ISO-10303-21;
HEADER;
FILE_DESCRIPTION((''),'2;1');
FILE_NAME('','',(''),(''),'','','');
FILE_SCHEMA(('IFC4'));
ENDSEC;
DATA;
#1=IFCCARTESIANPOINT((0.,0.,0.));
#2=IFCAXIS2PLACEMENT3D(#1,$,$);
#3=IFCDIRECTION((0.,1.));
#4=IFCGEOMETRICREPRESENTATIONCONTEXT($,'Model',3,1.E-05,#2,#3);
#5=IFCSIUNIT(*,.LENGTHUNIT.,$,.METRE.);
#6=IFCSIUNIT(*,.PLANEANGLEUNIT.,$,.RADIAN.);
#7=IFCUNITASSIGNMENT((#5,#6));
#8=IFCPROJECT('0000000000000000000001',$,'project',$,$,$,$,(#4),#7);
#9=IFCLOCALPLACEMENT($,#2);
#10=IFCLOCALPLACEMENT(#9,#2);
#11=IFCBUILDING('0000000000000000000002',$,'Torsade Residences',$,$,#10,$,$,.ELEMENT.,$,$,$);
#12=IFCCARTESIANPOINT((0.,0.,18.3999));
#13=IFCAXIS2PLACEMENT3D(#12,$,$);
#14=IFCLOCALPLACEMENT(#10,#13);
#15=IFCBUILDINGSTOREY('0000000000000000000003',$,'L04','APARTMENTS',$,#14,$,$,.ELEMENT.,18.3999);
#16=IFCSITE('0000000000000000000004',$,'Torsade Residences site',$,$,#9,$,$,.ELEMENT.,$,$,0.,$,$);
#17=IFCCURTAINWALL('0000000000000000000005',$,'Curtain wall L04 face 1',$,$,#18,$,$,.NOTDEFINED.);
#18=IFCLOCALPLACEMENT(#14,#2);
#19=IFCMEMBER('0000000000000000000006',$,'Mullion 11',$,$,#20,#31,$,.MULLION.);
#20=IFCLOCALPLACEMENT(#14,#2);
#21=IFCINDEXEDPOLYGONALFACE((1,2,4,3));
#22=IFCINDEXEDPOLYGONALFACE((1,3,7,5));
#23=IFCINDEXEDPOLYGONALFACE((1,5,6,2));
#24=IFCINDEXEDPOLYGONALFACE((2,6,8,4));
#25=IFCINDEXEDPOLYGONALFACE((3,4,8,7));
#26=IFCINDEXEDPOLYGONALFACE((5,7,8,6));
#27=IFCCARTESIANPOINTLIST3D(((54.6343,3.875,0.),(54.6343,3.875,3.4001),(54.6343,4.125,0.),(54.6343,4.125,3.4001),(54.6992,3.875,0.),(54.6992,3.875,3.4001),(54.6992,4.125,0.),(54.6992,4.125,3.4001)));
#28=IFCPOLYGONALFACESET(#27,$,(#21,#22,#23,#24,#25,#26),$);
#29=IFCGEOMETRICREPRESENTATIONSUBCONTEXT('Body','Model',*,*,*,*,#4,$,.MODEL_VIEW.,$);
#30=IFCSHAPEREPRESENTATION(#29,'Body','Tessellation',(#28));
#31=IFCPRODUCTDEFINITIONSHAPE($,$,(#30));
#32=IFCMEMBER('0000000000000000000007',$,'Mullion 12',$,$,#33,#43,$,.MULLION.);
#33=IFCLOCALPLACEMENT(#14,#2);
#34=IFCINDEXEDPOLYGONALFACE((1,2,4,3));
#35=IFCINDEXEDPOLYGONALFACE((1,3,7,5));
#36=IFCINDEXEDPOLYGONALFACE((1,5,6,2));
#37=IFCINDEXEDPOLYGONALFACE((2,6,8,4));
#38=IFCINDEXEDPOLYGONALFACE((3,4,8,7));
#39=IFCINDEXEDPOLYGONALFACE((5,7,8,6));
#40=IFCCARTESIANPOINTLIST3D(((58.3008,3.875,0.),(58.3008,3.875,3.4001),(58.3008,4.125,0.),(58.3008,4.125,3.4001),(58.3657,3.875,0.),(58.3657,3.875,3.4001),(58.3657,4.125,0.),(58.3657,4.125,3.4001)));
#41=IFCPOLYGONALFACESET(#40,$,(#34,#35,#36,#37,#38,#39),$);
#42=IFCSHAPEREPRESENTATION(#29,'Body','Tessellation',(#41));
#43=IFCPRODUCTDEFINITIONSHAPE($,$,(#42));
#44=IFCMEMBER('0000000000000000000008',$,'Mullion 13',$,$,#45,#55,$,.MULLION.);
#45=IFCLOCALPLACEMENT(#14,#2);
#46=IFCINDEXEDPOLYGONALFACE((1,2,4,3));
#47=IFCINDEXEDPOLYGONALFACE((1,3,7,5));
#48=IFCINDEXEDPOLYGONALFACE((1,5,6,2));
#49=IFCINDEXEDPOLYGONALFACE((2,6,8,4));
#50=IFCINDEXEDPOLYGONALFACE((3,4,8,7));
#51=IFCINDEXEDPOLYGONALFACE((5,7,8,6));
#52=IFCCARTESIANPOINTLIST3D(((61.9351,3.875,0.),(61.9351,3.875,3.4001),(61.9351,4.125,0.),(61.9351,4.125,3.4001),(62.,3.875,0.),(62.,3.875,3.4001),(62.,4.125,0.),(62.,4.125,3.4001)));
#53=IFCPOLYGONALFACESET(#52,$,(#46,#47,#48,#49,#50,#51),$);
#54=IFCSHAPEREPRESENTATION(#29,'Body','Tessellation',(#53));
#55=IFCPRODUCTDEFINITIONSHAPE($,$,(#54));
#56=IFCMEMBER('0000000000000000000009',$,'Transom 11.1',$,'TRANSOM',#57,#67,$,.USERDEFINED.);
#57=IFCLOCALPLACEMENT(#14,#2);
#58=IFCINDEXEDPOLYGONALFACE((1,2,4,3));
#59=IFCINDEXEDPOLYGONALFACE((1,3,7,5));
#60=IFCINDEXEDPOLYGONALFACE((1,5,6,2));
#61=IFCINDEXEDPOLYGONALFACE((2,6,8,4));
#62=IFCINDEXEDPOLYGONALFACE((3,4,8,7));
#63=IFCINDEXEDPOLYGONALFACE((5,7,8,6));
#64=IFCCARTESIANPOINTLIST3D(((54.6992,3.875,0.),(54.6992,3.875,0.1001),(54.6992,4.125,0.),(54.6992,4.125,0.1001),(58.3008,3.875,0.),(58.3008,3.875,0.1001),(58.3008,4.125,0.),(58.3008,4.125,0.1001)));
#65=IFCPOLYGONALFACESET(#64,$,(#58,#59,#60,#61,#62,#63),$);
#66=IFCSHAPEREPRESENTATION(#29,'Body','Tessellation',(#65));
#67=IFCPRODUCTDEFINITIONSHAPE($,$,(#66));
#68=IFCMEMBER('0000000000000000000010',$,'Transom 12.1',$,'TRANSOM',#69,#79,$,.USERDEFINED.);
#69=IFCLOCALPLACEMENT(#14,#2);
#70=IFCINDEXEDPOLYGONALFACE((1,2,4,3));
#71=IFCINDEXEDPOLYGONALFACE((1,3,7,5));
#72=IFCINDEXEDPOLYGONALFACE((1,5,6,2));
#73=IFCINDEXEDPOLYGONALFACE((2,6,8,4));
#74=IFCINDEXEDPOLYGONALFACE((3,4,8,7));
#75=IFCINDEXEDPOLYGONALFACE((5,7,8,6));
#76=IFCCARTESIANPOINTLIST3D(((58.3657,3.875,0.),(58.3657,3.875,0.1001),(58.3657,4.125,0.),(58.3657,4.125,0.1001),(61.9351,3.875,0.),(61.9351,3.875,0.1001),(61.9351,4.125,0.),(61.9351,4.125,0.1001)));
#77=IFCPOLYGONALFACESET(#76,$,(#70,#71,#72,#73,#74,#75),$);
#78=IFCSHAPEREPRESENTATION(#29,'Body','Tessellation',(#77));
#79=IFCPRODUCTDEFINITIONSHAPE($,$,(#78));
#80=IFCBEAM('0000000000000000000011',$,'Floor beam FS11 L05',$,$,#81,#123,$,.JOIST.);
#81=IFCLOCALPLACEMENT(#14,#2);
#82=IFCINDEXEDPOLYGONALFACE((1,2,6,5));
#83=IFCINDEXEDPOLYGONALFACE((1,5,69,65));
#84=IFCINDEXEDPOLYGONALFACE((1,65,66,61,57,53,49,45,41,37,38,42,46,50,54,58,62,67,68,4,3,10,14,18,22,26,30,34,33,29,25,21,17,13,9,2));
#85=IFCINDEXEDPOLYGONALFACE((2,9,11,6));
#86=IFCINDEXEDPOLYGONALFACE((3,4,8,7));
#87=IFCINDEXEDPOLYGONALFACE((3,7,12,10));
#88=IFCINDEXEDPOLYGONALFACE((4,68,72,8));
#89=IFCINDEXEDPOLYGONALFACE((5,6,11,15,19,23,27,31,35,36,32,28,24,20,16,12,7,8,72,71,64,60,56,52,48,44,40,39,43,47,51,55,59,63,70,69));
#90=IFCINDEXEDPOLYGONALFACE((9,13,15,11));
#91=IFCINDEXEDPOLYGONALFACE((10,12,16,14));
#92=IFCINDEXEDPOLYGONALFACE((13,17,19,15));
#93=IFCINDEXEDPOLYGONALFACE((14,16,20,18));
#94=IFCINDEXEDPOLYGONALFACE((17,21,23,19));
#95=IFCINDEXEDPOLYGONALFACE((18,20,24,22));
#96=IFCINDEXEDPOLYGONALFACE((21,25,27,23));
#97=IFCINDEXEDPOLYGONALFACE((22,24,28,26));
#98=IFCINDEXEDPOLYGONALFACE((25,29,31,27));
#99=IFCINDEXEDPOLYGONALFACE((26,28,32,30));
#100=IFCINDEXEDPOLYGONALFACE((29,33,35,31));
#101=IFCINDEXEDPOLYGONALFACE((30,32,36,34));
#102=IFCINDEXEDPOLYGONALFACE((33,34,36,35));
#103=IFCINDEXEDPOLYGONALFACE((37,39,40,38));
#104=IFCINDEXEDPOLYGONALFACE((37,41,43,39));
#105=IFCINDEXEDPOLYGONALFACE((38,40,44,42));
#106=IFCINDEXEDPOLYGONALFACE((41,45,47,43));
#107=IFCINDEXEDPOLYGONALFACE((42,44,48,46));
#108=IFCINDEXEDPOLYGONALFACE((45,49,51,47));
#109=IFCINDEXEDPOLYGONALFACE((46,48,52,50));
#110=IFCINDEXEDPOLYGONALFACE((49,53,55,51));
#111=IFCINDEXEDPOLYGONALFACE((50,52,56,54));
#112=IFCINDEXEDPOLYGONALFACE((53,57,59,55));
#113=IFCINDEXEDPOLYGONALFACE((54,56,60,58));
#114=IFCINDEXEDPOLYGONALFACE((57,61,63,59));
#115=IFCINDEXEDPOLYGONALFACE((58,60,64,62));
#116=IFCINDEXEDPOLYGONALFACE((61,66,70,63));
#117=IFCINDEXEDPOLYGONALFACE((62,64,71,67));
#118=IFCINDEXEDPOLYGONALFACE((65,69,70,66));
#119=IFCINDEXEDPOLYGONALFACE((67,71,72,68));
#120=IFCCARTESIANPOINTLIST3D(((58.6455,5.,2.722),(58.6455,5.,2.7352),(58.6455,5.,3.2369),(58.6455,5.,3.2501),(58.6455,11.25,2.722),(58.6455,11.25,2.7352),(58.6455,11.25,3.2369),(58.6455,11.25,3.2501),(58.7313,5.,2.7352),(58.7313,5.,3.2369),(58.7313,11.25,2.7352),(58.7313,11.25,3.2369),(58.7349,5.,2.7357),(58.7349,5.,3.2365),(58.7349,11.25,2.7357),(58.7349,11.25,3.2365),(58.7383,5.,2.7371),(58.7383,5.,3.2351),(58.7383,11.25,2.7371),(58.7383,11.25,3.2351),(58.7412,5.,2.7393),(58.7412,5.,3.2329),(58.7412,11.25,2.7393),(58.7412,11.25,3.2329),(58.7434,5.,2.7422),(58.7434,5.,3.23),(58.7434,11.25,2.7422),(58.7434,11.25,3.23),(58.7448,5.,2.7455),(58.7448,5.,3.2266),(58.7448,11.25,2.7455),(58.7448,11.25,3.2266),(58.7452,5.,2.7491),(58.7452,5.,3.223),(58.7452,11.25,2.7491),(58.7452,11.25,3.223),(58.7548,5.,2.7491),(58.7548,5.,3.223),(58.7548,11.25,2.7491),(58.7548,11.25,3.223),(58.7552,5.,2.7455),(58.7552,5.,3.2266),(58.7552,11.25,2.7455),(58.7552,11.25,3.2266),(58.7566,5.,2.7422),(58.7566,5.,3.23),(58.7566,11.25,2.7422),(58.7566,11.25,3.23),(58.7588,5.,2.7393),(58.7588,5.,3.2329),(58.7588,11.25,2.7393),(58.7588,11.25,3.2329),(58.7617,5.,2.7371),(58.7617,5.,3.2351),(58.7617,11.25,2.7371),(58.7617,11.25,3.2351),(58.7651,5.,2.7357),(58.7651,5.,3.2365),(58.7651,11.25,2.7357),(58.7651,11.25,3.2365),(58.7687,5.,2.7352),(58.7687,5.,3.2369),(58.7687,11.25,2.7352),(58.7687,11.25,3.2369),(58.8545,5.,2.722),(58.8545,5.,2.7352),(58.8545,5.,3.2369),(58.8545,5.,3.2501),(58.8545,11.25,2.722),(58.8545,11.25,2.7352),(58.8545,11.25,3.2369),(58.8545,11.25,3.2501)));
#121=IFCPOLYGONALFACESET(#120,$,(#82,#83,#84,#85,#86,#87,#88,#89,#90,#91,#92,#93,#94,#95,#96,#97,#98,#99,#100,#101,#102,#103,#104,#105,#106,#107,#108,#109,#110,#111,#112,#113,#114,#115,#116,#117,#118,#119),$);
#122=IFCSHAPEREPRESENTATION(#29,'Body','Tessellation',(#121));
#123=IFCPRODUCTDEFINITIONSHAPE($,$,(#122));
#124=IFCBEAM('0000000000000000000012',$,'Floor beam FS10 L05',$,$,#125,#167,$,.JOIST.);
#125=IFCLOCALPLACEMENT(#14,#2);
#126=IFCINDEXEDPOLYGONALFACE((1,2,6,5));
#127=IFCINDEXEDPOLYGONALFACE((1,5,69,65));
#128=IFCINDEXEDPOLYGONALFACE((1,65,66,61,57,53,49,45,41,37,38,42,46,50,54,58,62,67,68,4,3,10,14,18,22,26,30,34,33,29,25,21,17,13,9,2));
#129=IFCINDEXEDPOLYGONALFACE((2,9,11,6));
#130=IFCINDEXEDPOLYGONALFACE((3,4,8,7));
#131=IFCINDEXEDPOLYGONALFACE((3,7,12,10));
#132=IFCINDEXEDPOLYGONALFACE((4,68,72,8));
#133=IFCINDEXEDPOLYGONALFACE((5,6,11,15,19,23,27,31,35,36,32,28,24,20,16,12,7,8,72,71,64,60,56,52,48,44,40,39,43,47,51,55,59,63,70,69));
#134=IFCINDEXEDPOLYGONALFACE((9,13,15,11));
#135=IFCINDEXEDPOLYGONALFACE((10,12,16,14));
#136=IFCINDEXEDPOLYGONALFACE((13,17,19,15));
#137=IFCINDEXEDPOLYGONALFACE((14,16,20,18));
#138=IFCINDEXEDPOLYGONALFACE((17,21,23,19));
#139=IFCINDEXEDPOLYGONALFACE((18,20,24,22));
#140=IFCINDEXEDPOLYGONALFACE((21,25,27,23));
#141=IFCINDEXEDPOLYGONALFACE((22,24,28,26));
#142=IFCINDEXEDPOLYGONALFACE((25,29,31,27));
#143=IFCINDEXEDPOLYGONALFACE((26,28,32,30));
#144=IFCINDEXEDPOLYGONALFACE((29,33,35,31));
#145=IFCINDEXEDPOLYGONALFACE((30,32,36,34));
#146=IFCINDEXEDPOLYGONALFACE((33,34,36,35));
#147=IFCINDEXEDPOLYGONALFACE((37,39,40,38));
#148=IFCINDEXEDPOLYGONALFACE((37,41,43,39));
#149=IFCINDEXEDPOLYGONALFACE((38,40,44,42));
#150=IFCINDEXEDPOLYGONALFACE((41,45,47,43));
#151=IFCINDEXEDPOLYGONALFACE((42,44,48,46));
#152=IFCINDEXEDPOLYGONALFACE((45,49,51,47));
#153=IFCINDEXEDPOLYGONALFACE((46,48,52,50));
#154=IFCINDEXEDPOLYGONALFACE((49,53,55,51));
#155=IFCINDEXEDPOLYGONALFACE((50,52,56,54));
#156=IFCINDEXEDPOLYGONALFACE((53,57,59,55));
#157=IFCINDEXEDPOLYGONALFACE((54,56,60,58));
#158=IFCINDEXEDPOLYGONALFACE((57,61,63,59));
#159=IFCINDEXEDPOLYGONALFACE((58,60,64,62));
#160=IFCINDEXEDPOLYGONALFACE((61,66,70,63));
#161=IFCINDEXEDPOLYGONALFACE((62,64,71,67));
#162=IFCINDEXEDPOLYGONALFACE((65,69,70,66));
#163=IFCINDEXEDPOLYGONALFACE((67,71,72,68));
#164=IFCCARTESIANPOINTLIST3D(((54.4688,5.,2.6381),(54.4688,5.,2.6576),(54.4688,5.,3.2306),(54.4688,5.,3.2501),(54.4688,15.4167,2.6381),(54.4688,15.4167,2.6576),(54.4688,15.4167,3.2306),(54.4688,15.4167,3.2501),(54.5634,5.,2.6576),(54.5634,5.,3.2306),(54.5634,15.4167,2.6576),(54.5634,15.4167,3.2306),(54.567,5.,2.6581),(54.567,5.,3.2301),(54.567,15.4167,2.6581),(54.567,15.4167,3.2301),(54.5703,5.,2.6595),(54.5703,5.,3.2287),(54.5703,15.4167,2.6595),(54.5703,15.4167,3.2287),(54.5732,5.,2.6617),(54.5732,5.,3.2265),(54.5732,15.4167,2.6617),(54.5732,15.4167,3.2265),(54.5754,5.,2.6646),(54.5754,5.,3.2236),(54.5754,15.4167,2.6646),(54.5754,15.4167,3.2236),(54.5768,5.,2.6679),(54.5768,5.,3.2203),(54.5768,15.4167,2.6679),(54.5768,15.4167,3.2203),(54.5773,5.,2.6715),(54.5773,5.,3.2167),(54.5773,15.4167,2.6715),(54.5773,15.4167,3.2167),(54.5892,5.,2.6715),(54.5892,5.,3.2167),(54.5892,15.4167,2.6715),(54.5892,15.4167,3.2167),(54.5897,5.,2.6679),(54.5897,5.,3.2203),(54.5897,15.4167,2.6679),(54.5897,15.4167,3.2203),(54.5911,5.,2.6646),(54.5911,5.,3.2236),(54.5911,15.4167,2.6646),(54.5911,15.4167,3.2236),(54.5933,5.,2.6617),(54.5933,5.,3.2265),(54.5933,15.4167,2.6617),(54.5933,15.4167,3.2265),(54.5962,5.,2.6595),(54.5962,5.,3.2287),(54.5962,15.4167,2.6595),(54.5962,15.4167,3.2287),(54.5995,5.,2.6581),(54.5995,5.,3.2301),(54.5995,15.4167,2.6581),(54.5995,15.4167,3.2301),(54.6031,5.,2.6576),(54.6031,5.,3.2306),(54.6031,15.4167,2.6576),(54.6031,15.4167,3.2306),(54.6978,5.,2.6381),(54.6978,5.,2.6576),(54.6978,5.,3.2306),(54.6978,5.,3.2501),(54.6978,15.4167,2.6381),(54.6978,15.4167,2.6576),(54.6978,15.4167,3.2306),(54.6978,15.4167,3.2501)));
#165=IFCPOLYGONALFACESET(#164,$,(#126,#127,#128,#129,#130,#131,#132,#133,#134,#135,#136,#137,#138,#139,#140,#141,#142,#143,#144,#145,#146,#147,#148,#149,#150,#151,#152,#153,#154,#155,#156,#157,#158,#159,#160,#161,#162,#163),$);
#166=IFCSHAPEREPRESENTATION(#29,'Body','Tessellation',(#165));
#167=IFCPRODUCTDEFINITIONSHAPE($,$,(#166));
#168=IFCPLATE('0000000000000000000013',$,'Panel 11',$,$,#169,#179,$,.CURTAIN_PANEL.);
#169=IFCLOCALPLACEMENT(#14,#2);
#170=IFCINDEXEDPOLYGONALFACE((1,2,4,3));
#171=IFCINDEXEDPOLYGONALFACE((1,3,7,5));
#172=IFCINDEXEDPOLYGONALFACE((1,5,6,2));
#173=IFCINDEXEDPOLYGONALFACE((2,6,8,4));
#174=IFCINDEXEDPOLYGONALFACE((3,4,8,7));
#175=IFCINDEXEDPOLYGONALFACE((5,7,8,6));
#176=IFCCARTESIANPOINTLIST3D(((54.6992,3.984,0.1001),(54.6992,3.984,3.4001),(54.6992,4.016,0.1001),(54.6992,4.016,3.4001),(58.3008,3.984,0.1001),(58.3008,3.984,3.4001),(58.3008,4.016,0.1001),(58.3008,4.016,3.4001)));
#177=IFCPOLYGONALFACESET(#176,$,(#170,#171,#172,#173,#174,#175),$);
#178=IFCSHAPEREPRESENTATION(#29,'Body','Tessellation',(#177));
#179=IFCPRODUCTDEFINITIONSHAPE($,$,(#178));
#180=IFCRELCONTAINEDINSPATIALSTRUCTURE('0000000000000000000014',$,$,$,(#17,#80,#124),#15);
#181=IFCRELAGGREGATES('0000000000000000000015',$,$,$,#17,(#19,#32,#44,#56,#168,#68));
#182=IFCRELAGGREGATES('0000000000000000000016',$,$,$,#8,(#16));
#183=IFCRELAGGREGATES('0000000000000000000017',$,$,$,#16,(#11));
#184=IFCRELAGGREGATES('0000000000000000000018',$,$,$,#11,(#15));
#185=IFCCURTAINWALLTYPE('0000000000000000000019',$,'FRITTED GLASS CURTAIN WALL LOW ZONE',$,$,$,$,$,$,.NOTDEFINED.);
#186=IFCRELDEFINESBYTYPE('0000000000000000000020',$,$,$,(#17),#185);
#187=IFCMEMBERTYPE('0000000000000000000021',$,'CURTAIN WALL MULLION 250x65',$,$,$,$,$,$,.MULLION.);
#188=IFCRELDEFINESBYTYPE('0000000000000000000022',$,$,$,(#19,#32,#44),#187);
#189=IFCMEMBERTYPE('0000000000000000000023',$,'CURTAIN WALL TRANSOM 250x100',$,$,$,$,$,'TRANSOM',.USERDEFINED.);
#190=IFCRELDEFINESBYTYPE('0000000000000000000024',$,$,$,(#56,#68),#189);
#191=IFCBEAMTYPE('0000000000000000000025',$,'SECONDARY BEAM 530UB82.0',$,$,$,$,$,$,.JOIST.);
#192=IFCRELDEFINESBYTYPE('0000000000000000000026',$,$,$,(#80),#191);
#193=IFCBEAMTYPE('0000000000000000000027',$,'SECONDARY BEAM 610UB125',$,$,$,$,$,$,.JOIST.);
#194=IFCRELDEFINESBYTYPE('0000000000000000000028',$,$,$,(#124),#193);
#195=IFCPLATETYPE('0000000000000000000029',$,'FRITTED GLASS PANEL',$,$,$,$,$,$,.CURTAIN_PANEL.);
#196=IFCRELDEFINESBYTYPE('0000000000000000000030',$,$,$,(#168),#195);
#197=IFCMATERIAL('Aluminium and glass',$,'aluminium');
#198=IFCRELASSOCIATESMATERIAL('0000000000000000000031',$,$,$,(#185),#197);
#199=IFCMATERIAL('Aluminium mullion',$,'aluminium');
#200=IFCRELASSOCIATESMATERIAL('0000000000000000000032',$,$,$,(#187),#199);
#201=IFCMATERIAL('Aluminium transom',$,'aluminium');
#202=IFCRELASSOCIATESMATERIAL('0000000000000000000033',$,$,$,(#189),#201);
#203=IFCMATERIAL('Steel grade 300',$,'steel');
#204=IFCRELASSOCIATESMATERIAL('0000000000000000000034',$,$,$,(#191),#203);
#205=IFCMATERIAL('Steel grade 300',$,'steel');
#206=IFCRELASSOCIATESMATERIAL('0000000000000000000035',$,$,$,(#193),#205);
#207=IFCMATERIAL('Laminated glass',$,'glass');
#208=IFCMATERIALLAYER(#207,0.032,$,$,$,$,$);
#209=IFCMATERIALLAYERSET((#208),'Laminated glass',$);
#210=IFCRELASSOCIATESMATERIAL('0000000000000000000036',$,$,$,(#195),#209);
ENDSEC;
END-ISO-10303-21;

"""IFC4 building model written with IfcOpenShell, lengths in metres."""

from ifc_helpers import new_model, si_unit, direction, frame, origin, origin_2d, place, context, subcontext, project, spatial, rectangle, i_section, extrude, material, layer, layer_set, material_profile, profile_set, type_object, element, aggregate, save


model = new_model("IFC4")

# Units and contexts
model_context = context("Model", 3, precision=1e-05, world=origin(), true_north=direction((0.0, 1.0)))
body_context = subcontext(model_context, "Body", "Model", "MODEL_VIEW")
ifc_project = project(units=[si_unit("LENGTHUNIT", "METRE"), si_unit("PLANEANGLEUNIT", "RADIAN")], contexts=[model_context])

# Site, building, storey
site_placement = place(None, origin())
site = spatial("IfcSite", under=ifc_project, at=site_placement, Name="Torsade Residences site", CompositionType="ELEMENT", RefElevation=0.0)
building_placement = place(site_placement, origin())
building = spatial("IfcBuilding", under=site, at=building_placement, Name="Torsade Residences", CompositionType="ELEMENT")
storey_placement = place(building_placement, frame((0.0, 0.0, 18.3999)))
storey = spatial("IfcBuildingStorey", under=building, at=storey_placement, Name="L04", Description="APARTMENTS", CompositionType="ELEMENT", Elevation=18.3999)

# Curtain wall, members
ifc_material_1 = material(Name="Aluminium and glass", Category="aluminium")
curtain_wall_type = type_object("IfcCurtainWallType", Name="FRITTED GLASS CURTAIN WALL LOW ZONE", PredefinedType="NOTDEFINED", material=ifc_material_1)
curtain_wall_placement = place(storey_placement, origin())
curtain_wall = element("IfcCurtainWall", 1, at=curtain_wall_placement, inside=storey, type_object=curtain_wall_type, Name="Curtain wall L04 face 1", PredefinedType="NOTDEFINED")
ifc_material_2 = material(Name="Aluminium mullion", Category="aluminium")
ifc_material_profile_1 = material_profile(ifc_material_2, rectangle(XDim=0.25, YDim=0.0649, at=origin_2d()), Name="CURTAIN WALL MULLION 250x65")
ifc_profile_set_1 = profile_set([ifc_material_profile_1], Name="Aluminium mullion")
member_type_1 = type_object("IfcMemberType", Name="CURTAIN WALL MULLION 250x65", PredefinedType="MULLION", material=ifc_profile_set_1)
member_1_placement = place(storey_placement, frame((54.6667, 4.0, 0.0), z_axis=(0.0, 0.0, 1.0), x_axis=(0.0, 1.0, 0.0)))
member_1 = element("IfcMember", 2, at=member_1_placement, type_object=member_type_1, Name="Mullion 11", PredefinedType="MULLION", context=body_context, shape_type="SweptSolid", body=[
    extrude(rectangle(XDim=0.25, YDim=0.0649, at=origin_2d()), origin(), (0.0, 0.0, 1.0), 3.4001),
])
member_2_placement = place(storey_placement, frame((58.3333, 4.0, 0.0), z_axis=(0.0, 0.0, 1.0), x_axis=(0.0, 1.0, 0.0)))
member_2 = element("IfcMember", 3, at=member_2_placement, type_object=member_type_1, Name="Mullion 12", PredefinedType="MULLION", context=body_context, shape_type="SweptSolid", body=[
    extrude(rectangle(XDim=0.25, YDim=0.0649, at=origin_2d()), origin(), (0.0, 0.0, 1.0), 3.4001),
])
member_3_placement = place(storey_placement, frame((61.9675, 4.0, 0.0), z_axis=(0.0, 0.0, 1.0), x_axis=(0.0, 1.0, 0.0)))
member_3 = element("IfcMember", 4, at=member_3_placement, type_object=member_type_1, Name="Mullion 13", PredefinedType="MULLION", context=body_context, shape_type="SweptSolid", body=[
    extrude(rectangle(XDim=0.25, YDim=0.0649, at=origin_2d()), origin(), (0.0, 0.0, 1.0), 3.4001),
])
ifc_material_3 = material(Name="Aluminium transom", Category="aluminium")
ifc_material_profile_2 = material_profile(ifc_material_3, rectangle(XDim=0.25, YDim=0.1001, at=origin_2d()), Name="CURTAIN WALL TRANSOM 250x100")
ifc_profile_set_2 = profile_set([ifc_material_profile_2], Name="Aluminium transom")
member_type_2 = type_object("IfcMemberType", Name="CURTAIN WALL TRANSOM 250x100", ElementType="TRANSOM", PredefinedType="USERDEFINED", material=ifc_profile_set_2)
member_4_placement = place(storey_placement, frame((54.6992, 4.0, 0.05), z_axis=(1.0, 0.0, 0.0), x_axis=(0.0, 1.0, 0.0)))
member_4 = element("IfcMember", 5, at=member_4_placement, type_object=member_type_2, Name="Transom 11.1", ObjectType="TRANSOM", PredefinedType="USERDEFINED", context=body_context, shape_type="SweptSolid", body=[
    extrude(rectangle(XDim=0.25, YDim=0.1001, at=origin_2d()), origin(), (0.0, 0.0, 1.0), 3.6016),
])
member_5_placement = place(storey_placement, frame((58.3657, 4.0, 0.05), z_axis=(1.0, 0.0, 0.0), x_axis=(0.0, 1.0, 0.0)))
member_5 = element("IfcMember", 6, at=member_5_placement, type_object=member_type_2, Name="Transom 12.1", ObjectType="TRANSOM", PredefinedType="USERDEFINED", context=body_context, shape_type="SweptSolid", body=[
    extrude(rectangle(XDim=0.25, YDim=0.1001, at=origin_2d()), origin(), (0.0, 0.0, 1.0), 3.5693),
])

# Beams
ifc_material_4 = material(Name="Steel grade 300", Category="steel")
ifc_material_profile_3 = material_profile(ifc_material_4, i_section(OverallWidth=0.209, OverallDepth=0.5281, WebThickness=0.0095, FlangeThickness=0.0132, FilletRadius=0.0139, at=origin_2d()), Name="530UB82.0")
ifc_profile_set_3 = profile_set([ifc_material_profile_3], Name="Steel grade 300")
beam_type_1 = type_object("IfcBeamType", Name="SECONDARY BEAM 530UB82.0", PredefinedType="JOIST", material=ifc_profile_set_3)
beam_1_placement = place(storey_placement, frame((58.75, 5.0, 2.9861), z_axis=(0.0, 1.0, 0.0), x_axis=(-1.0, 0.0, 0.0)))
element("IfcBeam", 7, at=beam_1_placement, inside=storey, type_object=beam_type_1, Name="Floor beam FS11 L05", PredefinedType="JOIST", context=body_context, shape_type="SweptSolid", body=[
    extrude(i_section(OverallWidth=0.209, OverallDepth=0.5281, WebThickness=0.0095, FlangeThickness=0.0132, FilletRadius=0.0139, at=origin_2d()), origin(), (0.0, 0.0, 1.0), 6.25),
])
ifc_material_5 = material(Name="Steel grade 300", Category="steel")
ifc_material_profile_4 = material_profile(ifc_material_5, i_section(OverallWidth=0.229, OverallDepth=0.6121, WebThickness=0.012, FlangeThickness=0.0195, FilletRadius=0.0139, at=origin_2d()), Name="610UB125")
ifc_profile_set_4 = profile_set([ifc_material_profile_4], Name="Steel grade 300")
beam_type_2 = type_object("IfcBeamType", Name="SECONDARY BEAM 610UB125", PredefinedType="JOIST", material=ifc_profile_set_4)
beam_2_placement = place(storey_placement, frame((54.5833, 5.0, 2.9441), z_axis=(0.0, 1.0, 0.0), x_axis=(-1.0, 0.0, 0.0)))
element("IfcBeam", 8, at=beam_2_placement, inside=storey, type_object=beam_type_2, Name="Floor beam FS10 L05", PredefinedType="JOIST", context=body_context, shape_type="SweptSolid", body=[
    extrude(i_section(OverallWidth=0.229, OverallDepth=0.6121, WebThickness=0.012, FlangeThickness=0.0195, FilletRadius=0.0139, at=origin_2d()), origin(), (0.0, 0.0, 1.0), 10.4167),
])

# Plate
ifc_material_6 = material(Name="Laminated glass", Category="glass")
ifc_layer_1 = layer(ifc_material_6, 0.032)
ifc_layer_set_1 = layer_set([ifc_layer_1], Name="Laminated glass")
plate_type = type_object("IfcPlateType", Name="FRITTED GLASS PANEL", PredefinedType="CURTAIN_PANEL", material=ifc_layer_set_1)
plate_1_placement = place(storey_placement, frame((56.5, 4.0, 0.1001), z_axis=(0.0, 0.0, 1.0), x_axis=(1.0, 0.0, 0.0)))
plate_1 = element("IfcPlate", 9, at=plate_1_placement, type_object=plate_type, Name="Panel 11", PredefinedType="CURTAIN_PANEL", context=body_context, shape_type="SweptSolid", body=[
    extrude(rectangle(XDim=3.6016, YDim=0.032, at=origin_2d()), origin(), (0.0, 0.0, 1.0), 3.3),
])
aggregate(curtain_wall, [member_1, member_2, member_3, member_4, plate_1, member_5])

save(model, "model.ifc")
